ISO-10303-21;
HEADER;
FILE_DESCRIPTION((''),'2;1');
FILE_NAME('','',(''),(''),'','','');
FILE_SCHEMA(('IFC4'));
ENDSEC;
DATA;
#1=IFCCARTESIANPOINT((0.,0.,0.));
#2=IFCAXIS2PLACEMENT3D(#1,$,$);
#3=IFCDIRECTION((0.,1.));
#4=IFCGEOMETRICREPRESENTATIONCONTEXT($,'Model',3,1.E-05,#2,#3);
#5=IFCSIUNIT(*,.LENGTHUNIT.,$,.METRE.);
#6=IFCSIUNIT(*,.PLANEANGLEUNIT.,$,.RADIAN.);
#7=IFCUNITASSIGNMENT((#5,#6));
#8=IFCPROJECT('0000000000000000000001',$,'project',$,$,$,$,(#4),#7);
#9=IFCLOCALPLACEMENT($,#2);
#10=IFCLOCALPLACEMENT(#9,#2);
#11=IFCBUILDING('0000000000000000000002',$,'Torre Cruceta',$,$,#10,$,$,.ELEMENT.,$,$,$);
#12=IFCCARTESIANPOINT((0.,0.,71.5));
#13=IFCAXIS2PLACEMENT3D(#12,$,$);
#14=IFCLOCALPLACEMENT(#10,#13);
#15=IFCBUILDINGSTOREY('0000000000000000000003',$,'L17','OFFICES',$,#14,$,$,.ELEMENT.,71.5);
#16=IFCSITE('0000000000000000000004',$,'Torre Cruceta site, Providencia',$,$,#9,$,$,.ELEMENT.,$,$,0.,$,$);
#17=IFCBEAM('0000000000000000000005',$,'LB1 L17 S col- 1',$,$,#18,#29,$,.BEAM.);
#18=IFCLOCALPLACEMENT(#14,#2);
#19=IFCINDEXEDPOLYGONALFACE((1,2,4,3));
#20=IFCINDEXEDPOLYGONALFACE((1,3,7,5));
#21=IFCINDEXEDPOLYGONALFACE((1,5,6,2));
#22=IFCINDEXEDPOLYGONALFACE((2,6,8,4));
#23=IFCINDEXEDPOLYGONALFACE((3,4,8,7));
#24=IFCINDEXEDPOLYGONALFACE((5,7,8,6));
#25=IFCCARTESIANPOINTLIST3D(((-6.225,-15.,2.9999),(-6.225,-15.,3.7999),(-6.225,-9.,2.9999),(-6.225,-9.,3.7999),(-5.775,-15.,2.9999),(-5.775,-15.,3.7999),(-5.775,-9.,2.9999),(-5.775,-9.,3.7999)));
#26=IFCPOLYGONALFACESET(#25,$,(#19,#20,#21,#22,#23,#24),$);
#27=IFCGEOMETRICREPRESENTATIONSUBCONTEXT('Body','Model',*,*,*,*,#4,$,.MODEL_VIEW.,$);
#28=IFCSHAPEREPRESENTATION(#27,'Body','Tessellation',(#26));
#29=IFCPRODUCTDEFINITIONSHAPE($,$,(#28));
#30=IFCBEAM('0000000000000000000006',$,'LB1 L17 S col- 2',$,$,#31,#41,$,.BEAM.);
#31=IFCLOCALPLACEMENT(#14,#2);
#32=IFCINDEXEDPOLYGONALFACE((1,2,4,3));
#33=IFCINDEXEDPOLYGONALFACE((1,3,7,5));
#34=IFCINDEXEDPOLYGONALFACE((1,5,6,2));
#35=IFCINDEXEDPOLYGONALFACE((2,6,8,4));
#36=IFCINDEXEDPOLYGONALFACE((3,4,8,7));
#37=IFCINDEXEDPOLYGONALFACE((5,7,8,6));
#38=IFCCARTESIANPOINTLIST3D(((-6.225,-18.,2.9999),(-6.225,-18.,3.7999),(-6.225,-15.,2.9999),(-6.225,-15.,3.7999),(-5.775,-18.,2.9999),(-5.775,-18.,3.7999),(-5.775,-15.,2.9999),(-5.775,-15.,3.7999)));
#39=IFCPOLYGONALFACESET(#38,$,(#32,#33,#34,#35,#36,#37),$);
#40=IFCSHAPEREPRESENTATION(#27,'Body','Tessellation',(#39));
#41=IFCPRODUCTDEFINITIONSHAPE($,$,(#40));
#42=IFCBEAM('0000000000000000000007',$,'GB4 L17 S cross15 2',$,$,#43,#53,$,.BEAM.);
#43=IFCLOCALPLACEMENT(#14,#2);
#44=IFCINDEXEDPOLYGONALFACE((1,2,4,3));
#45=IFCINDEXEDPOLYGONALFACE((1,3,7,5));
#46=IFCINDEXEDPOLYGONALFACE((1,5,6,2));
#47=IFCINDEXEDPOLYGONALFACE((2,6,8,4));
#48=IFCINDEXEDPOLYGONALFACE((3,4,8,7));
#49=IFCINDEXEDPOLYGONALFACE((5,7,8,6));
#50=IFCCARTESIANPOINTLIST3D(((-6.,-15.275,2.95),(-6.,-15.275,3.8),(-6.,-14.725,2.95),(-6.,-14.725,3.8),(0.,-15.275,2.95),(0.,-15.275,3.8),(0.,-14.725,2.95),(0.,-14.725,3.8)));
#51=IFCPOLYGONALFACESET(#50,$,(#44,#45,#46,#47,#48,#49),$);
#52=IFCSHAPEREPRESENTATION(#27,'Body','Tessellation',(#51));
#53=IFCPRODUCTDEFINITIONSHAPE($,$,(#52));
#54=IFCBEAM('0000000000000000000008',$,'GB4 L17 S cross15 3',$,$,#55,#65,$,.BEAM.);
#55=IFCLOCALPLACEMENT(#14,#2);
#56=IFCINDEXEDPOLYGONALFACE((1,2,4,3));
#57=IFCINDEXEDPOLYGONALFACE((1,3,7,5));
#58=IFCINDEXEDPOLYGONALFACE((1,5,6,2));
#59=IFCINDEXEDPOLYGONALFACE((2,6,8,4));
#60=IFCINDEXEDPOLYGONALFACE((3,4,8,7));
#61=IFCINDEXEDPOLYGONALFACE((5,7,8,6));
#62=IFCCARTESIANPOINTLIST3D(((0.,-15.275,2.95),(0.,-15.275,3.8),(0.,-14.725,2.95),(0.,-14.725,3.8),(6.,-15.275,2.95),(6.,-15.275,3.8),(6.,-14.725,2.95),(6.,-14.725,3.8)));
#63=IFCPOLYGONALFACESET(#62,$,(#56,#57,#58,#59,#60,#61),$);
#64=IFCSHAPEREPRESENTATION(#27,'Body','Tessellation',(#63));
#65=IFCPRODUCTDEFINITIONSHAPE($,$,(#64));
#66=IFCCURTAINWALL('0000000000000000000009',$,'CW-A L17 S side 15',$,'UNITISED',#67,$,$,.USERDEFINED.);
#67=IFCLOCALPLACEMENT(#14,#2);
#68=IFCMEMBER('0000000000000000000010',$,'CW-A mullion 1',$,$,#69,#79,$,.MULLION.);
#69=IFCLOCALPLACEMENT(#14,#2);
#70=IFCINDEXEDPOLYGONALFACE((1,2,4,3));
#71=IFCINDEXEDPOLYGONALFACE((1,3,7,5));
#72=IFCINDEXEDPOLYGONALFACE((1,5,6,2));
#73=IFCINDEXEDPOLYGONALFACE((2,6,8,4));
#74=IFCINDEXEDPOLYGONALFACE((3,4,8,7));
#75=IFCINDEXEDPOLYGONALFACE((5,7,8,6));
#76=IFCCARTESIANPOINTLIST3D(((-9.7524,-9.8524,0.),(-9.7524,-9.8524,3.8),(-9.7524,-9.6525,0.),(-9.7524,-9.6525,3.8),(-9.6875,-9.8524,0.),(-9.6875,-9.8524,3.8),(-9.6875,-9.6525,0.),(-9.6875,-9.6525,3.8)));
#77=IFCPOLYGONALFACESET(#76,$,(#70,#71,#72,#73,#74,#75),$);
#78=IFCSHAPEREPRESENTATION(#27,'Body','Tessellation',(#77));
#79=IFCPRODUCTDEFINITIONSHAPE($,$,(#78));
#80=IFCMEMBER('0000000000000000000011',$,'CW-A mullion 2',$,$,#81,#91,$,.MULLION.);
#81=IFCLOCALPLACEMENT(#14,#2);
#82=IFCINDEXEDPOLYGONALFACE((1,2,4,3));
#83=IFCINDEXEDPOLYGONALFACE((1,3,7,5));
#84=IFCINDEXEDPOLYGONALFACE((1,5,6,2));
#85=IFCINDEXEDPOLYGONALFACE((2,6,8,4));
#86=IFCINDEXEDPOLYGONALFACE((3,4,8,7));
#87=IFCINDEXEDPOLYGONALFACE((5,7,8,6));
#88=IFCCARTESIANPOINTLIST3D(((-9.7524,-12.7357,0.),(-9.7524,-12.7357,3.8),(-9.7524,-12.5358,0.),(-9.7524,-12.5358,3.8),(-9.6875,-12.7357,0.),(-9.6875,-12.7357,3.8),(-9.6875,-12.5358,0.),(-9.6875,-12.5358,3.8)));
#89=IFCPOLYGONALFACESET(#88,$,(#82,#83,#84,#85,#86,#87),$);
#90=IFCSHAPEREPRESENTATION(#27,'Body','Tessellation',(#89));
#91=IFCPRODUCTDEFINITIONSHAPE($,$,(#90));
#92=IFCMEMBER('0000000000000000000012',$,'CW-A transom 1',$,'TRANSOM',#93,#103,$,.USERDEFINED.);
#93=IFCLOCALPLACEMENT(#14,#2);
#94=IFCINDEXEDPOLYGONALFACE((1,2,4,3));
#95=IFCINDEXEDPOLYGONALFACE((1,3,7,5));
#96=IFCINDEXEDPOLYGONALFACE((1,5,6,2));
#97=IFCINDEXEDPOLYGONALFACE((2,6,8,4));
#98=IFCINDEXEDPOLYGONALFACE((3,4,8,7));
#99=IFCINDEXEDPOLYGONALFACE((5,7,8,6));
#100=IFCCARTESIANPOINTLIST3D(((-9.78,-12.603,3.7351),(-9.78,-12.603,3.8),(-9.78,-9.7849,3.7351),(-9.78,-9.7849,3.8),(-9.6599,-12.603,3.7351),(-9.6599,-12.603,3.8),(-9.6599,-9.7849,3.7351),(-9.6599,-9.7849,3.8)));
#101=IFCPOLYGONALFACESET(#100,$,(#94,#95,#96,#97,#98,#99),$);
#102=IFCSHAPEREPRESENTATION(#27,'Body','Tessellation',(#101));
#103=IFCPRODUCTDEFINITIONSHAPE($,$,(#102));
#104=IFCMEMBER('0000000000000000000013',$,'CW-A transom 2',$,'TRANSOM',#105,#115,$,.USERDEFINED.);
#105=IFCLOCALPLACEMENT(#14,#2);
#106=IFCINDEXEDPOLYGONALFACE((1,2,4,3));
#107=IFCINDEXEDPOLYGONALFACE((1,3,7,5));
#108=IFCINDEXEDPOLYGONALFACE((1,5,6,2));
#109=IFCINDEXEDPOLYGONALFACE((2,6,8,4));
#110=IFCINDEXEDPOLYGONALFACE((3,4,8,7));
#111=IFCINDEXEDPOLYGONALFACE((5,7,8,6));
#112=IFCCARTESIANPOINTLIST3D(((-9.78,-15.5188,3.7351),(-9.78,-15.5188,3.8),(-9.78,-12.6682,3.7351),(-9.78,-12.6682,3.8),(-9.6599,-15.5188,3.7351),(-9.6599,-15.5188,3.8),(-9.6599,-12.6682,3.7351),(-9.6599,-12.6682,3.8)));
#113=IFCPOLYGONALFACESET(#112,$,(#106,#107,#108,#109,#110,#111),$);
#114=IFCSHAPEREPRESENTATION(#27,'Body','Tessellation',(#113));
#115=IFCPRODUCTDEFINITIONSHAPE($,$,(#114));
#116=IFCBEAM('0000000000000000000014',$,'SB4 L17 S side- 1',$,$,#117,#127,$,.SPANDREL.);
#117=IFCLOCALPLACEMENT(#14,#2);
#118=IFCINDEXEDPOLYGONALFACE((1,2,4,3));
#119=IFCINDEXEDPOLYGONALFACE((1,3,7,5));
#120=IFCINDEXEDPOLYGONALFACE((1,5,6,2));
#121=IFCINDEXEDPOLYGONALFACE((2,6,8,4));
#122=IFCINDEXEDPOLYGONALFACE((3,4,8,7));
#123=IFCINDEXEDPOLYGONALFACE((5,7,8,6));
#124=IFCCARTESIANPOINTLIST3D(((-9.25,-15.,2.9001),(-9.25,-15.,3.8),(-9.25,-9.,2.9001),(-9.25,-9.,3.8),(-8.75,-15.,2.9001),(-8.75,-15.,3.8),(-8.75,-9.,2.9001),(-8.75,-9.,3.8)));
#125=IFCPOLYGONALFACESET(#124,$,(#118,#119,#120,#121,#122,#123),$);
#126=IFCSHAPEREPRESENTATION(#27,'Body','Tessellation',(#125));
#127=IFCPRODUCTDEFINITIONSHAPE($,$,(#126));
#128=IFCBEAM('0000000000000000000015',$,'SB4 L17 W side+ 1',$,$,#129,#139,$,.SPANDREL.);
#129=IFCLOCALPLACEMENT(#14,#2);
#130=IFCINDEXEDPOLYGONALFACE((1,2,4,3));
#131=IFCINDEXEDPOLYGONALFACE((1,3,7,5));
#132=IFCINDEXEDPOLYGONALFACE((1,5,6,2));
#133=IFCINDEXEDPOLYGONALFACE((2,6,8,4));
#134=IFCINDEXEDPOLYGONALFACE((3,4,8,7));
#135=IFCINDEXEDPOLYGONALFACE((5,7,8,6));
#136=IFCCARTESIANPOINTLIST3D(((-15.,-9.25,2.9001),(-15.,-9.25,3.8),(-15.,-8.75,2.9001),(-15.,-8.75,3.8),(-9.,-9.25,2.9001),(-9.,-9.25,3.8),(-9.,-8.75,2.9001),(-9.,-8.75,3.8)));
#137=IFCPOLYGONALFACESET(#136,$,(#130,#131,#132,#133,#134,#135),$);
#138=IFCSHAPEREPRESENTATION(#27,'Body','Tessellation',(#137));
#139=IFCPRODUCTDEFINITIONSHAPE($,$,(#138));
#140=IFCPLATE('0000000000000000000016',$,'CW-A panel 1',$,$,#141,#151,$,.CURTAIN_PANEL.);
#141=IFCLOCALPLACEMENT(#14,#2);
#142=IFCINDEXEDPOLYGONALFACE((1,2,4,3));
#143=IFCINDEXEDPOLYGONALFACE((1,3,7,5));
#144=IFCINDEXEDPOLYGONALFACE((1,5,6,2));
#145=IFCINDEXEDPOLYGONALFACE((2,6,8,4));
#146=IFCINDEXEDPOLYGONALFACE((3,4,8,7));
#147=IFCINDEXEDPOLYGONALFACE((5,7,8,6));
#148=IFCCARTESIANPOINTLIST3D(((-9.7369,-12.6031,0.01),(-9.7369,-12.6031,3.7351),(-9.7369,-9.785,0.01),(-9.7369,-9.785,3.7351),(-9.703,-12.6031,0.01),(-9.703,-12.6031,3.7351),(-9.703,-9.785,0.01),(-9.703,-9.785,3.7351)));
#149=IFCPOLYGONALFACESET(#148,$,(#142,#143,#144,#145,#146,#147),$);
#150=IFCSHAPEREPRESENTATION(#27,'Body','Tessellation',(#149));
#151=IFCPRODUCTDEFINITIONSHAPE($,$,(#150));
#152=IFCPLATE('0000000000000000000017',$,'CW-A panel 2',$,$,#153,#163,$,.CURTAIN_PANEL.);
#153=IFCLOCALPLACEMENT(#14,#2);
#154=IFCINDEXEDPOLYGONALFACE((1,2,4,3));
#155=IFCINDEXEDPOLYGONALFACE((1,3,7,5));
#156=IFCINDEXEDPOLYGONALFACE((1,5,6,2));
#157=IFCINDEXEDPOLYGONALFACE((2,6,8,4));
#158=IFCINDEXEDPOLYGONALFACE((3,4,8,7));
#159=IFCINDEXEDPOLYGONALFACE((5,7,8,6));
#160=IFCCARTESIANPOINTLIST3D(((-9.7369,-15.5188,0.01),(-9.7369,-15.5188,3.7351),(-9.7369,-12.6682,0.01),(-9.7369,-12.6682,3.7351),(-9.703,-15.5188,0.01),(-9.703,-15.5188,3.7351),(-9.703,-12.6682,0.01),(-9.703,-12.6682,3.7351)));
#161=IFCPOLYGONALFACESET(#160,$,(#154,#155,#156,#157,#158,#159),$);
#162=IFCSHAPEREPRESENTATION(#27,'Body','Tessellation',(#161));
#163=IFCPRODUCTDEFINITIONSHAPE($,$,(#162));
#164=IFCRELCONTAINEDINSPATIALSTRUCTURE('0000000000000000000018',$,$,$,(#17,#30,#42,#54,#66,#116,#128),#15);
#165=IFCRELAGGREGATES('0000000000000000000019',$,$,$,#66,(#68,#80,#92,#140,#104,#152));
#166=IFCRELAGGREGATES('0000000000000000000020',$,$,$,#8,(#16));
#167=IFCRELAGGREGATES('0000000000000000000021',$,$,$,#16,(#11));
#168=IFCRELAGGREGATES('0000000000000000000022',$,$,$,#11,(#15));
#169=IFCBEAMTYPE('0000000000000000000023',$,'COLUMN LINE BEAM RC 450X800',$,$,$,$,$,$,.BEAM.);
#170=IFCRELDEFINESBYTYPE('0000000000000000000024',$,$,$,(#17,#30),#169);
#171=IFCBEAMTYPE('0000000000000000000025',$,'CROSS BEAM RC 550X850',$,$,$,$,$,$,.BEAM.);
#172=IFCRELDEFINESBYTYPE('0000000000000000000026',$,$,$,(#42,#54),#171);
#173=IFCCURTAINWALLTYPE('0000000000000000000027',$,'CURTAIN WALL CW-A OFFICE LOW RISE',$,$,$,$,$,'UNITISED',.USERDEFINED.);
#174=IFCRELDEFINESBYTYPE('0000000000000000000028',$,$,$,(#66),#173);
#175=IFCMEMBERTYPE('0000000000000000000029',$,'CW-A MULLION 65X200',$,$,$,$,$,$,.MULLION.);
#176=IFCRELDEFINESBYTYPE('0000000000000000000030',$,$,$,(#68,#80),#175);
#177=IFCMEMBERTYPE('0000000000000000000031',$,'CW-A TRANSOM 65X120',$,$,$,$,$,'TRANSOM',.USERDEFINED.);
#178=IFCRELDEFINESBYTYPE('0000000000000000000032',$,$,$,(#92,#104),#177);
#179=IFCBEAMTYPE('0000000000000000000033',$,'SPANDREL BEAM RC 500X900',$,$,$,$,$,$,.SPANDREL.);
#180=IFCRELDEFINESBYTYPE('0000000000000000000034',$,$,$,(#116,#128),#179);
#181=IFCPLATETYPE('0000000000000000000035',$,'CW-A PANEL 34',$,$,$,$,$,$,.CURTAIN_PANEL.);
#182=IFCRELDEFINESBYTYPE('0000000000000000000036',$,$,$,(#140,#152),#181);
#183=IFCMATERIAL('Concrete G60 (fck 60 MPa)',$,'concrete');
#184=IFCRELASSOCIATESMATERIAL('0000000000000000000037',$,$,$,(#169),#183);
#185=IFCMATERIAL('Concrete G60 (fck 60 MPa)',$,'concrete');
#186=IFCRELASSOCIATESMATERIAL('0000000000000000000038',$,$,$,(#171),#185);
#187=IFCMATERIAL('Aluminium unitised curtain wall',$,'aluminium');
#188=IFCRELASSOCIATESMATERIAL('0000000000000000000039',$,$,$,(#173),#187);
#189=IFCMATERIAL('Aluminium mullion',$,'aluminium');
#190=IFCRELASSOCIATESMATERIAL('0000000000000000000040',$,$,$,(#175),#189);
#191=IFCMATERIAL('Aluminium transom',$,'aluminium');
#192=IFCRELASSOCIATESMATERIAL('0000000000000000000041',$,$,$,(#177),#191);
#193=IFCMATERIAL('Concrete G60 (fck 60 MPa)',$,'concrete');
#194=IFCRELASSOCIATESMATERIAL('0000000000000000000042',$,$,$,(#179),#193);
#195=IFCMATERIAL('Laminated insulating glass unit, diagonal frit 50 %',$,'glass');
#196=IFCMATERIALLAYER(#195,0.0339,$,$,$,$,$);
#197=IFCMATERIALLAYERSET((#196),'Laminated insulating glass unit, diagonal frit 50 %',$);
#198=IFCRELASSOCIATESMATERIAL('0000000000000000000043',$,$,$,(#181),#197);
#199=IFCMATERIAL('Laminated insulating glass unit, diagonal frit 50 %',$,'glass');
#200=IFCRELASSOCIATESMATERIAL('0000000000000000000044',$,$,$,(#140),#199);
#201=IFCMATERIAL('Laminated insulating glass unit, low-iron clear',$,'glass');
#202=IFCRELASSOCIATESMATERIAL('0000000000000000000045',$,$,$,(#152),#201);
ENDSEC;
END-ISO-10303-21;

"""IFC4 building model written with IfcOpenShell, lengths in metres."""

from ifc_helpers import new_model, si_unit, direction, frame, origin, origin_2d, place, context, subcontext, project, spatial, rectangle, extrude, material, layer, layer_set, material_profile, profile_set, type_object, element, aggregate, save


model = new_model("IFC4")

# Units and contexts
model_context = context("Model", 3, precision=1e-05, world=origin(), true_north=direction((0.0, 1.0)))
body_context = subcontext(model_context, "Body", "Model", "MODEL_VIEW")
ifc_project = project(units=[si_unit("LENGTHUNIT", "METRE"), si_unit("PLANEANGLEUNIT", "RADIAN")], contexts=[model_context])

# Site, building, storey
site_placement = place(None, origin())
site = spatial("IfcSite", under=ifc_project, at=site_placement, Name="Torre Cruceta site, Providencia", CompositionType="ELEMENT", RefElevation=0.0)
building_placement = place(site_placement, origin())
building = spatial("IfcBuilding", under=site, at=building_placement, Name="Torre Cruceta", CompositionType="ELEMENT")
storey_placement = place(building_placement, frame((0.0, 0.0, 71.5)))
storey = spatial("IfcBuildingStorey", under=building, at=storey_placement, Name="L17", Description="OFFICES", CompositionType="ELEMENT", Elevation=71.5)

# Beams
ifc_material_1 = material(Name="Concrete G60 (fck 60 MPa)", Category="concrete")
ifc_material_profile_1 = material_profile(ifc_material_1, rectangle(XDim=0.45, YDim=0.8, at=origin_2d()), Name="RC 450X800")
ifc_profile_set_1 = profile_set([ifc_material_profile_1], Name="Concrete G60 (fck 60 MPa)")
beam_type_1 = type_object("IfcBeamType", Name="COLUMN LINE BEAM RC 450X800", PredefinedType="BEAM", material=ifc_profile_set_1)
beam_1_placement = place(storey_placement, frame((-6.0, -9.0, 3.3999), z_axis=(0.0, -1.0, 0.0), x_axis=(1.0, 0.0, 0.0)))
element("IfcBeam", 1, at=beam_1_placement, inside=storey, type_object=beam_type_1, Name="LB1 L17 S col- 1", PredefinedType="BEAM", context=body_context, shape_type="SweptSolid", body=[
    extrude(rectangle(XDim=0.45, YDim=0.8, at=origin_2d()), origin(), (0.0, 0.0, 1.0), 6.0),
])
beam_2_placement = place(storey_placement, frame((-6.0, -15.0, 3.3999), z_axis=(0.0, -1.0, 0.0), x_axis=(1.0, 0.0, 0.0)))
element("IfcBeam", 2, at=beam_2_placement, inside=storey, type_object=beam_type_1, Name="LB1 L17 S col- 2", PredefinedType="BEAM", context=body_context, shape_type="SweptSolid", body=[
    extrude(rectangle(XDim=0.45, YDim=0.8, at=origin_2d()), origin(), (0.0, 0.0, 1.0), 3.0),
])
ifc_material_2 = material(Name="Concrete G60 (fck 60 MPa)", Category="concrete")
ifc_material_profile_2 = material_profile(ifc_material_2, rectangle(XDim=0.55, YDim=0.8501, at=origin_2d()), Name="RC 550X850")
ifc_profile_set_2 = profile_set([ifc_material_profile_2], Name="Concrete G60 (fck 60 MPa)")
beam_type_2 = type_object("IfcBeamType", Name="CROSS BEAM RC 550X850", PredefinedType="BEAM", material=ifc_profile_set_2)
for number, where, z_axis, x_axis, name in (
    (3, (-6.0, -15.0, 3.375), (1.0, 0.0, 0.0), (0.0, 1.0, 0.0), "GB4 L17 S cross15 2"),
    (4, (0.0, -15.0, 3.375), (1.0, 0.0, 0.0), (0.0, 1.0, 0.0), "GB4 L17 S cross15 3"),
):
    element("IfcBeam", number, at=place(storey_placement, frame(where, z_axis=z_axis, x_axis=x_axis)), inside=storey, type_object=beam_type_2, Name=name, PredefinedType="BEAM", context=body_context, shape_type="SweptSolid", body=[
        extrude(rectangle(XDim=0.55, YDim=0.8501, at=origin_2d()), origin(), (0.0, 0.0, 1.0), 6.0),
    ])

# Curtain wall, members
ifc_material_3 = material(Name="Aluminium unitised curtain wall", Category="aluminium")
curtain_wall_type = type_object("IfcCurtainWallType", Name="CURTAIN WALL CW-A OFFICE LOW RISE", ElementType="UNITISED", PredefinedType="USERDEFINED", material=ifc_material_3)
curtain_wall_placement = place(storey_placement, origin())
curtain_wall = element("IfcCurtainWall", 5, at=curtain_wall_placement, inside=storey, type_object=curtain_wall_type, Name="CW-A L17 S side 15", ObjectType="UNITISED", PredefinedType="USERDEFINED")
ifc_material_4 = material(Name="Aluminium mullion", Category="aluminium")
ifc_material_profile_3 = material_profile(ifc_material_4, rectangle(XDim=0.0649, YDim=0.2, at=origin_2d()), Name="AL 65X200")
ifc_profile_set_3 = profile_set([ifc_material_profile_3], Name="Aluminium mullion")
member_type_1 = type_object("IfcMemberType", Name="CW-A MULLION 65X200", PredefinedType="MULLION", material=ifc_profile_set_3)
member_1_placement = place(storey_placement, frame((-9.72, -9.7524, 0.0), z_axis=(0.0, 0.0, 1.0), x_axis=(1.0, 0.0, 0.0)))
member_1 = element("IfcMember", 6, at=member_1_placement, type_object=member_type_1, Name="CW-A mullion 1", PredefinedType="MULLION", context=body_context, shape_type="SweptSolid", body=[
    extrude(rectangle(XDim=0.0649, YDim=0.2, at=origin_2d()), origin(), (0.0, 0.0, 1.0), 3.8),
])
member_2_placement = place(storey_placement, frame((-9.72, -12.6357, 0.0), z_axis=(0.0, 0.0, 1.0), x_axis=(1.0, 0.0, 0.0)))
member_2 = element("IfcMember", 7, at=member_2_placement, type_object=member_type_1, Name="CW-A mullion 2", PredefinedType="MULLION", context=body_context, shape_type="SweptSolid", body=[
    extrude(rectangle(XDim=0.0649, YDim=0.2, at=origin_2d()), origin(), (0.0, 0.0, 1.0), 3.8),
])
ifc_material_5 = material(Name="Aluminium transom", Category="aluminium")
ifc_material_profile_4 = material_profile(ifc_material_5, rectangle(XDim=0.1201, YDim=0.0649, at=origin_2d()), Name="AL 120X65")
ifc_profile_set_4 = profile_set([ifc_material_profile_4], Name="Aluminium transom")
member_type_2 = type_object("IfcMemberType", Name="CW-A TRANSOM 65X120", ElementType="TRANSOM", PredefinedType="USERDEFINED", material=ifc_profile_set_4)
member_3_placement = place(storey_placement, frame((-9.72, -9.7849, 3.7676), z_axis=(0.0, -1.0, 0.0), x_axis=(1.0, 0.0, 0.0)))
member_3 = element("IfcMember", 8, at=member_3_placement, type_object=member_type_2, Name="CW-A transom 1", ObjectType="TRANSOM", PredefinedType="USERDEFINED", context=body_context, shape_type="SweptSolid", body=[
    extrude(rectangle(XDim=0.1201, YDim=0.0649, at=origin_2d()), origin(), (0.0, 0.0, 1.0), 2.8181),
])
member_4_placement = place(storey_placement, frame((-9.72, -12.6682, 3.7676), z_axis=(0.0, -1.0, 0.0), x_axis=(1.0, 0.0, 0.0)))
member_4 = element("IfcMember", 9, at=member_4_placement, type_object=member_type_2, Name="CW-A transom 2", ObjectType="TRANSOM", PredefinedType="USERDEFINED", context=body_context, shape_type="SweptSolid", body=[
    extrude(rectangle(XDim=0.1201, YDim=0.0649, at=origin_2d()), origin(), (0.0, 0.0, 1.0), 2.8506),
])

# Beams
ifc_material_6 = material(Name="Concrete G60 (fck 60 MPa)", Category="concrete")
ifc_material_profile_5 = material_profile(ifc_material_6, rectangle(XDim=0.5, YDim=0.8999, at=origin_2d()), Name="RC 500X900")
ifc_profile_set_5 = profile_set([ifc_material_profile_5], Name="Concrete G60 (fck 60 MPa)")
beam_type_3 = type_object("IfcBeamType", Name="SPANDREL BEAM RC 500X900", PredefinedType="SPANDREL", material=ifc_profile_set_5)
for number, where, z_axis, x_axis, name in (
    (10, (-9.0, -9.0, 3.3501), (0.0, -1.0, 0.0), (1.0, 0.0, 0.0), "SB4 L17 S side- 1"),
    (11, (-9.0, -9.0, 3.3501), (-1.0, 0.0, 0.0), (0.0, -1.0, 0.0), "SB4 L17 W side+ 1"),
):
    element("IfcBeam", number, at=place(storey_placement, frame(where, z_axis=z_axis, x_axis=x_axis)), inside=storey, type_object=beam_type_3, Name=name, PredefinedType="SPANDREL", context=body_context, shape_type="SweptSolid", body=[
        extrude(rectangle(XDim=0.5, YDim=0.8999, at=origin_2d()), origin(), (0.0, 0.0, 1.0), 6.0),
    ])

# Plates
ifc_material_7 = material(Name="Laminated insulating glass unit, diagonal frit 50 %", Category="glass")
ifc_material_8 = material(Name="Laminated insulating glass unit, diagonal frit 50 %", Category="glass")
ifc_layer_1 = layer(ifc_material_8, 0.0339)
ifc_layer_set_1 = layer_set([ifc_layer_1], Name="Laminated insulating glass unit, diagonal frit 50 %")
plate_type = type_object("IfcPlateType", Name="CW-A PANEL 34", PredefinedType="CURTAIN_PANEL", material=ifc_layer_set_1)
plate_1_placement = place(storey_placement, frame((-9.72, -11.1941, 0.01), z_axis=(0.0, 0.0, 1.0), x_axis=(0.0, -1.0, 0.0)))
plate_1 = element("IfcPlate", 12, at=plate_1_placement, type_object=plate_type, material=ifc_material_7, Name="CW-A panel 1", PredefinedType="CURTAIN_PANEL", context=body_context, shape_type="SweptSolid", body=[
    extrude(rectangle(XDim=2.8181, YDim=0.0339, at=origin_2d()), origin(), (0.0, 0.0, 1.0), 3.7251),
])
ifc_material_9 = material(Name="Laminated insulating glass unit, low-iron clear", Category="glass")
plate_2_placement = place(storey_placement, frame((-9.72, -14.0935, 0.01), z_axis=(0.0, 0.0, 1.0), x_axis=(0.0, -1.0, 0.0)))
plate_2 = element("IfcPlate", 13, at=plate_2_placement, type_object=plate_type, material=ifc_material_9, Name="CW-A panel 2", PredefinedType="CURTAIN_PANEL", context=body_context, shape_type="SweptSolid", body=[
    extrude(rectangle(XDim=2.8506, YDim=0.0339, at=origin_2d()), origin(), (0.0, 0.0, 1.0), 3.7251),
])
aggregate(curtain_wall, [member_1, member_2, member_3, plate_1, member_4, plate_2])

save(model, "model.ifc")
